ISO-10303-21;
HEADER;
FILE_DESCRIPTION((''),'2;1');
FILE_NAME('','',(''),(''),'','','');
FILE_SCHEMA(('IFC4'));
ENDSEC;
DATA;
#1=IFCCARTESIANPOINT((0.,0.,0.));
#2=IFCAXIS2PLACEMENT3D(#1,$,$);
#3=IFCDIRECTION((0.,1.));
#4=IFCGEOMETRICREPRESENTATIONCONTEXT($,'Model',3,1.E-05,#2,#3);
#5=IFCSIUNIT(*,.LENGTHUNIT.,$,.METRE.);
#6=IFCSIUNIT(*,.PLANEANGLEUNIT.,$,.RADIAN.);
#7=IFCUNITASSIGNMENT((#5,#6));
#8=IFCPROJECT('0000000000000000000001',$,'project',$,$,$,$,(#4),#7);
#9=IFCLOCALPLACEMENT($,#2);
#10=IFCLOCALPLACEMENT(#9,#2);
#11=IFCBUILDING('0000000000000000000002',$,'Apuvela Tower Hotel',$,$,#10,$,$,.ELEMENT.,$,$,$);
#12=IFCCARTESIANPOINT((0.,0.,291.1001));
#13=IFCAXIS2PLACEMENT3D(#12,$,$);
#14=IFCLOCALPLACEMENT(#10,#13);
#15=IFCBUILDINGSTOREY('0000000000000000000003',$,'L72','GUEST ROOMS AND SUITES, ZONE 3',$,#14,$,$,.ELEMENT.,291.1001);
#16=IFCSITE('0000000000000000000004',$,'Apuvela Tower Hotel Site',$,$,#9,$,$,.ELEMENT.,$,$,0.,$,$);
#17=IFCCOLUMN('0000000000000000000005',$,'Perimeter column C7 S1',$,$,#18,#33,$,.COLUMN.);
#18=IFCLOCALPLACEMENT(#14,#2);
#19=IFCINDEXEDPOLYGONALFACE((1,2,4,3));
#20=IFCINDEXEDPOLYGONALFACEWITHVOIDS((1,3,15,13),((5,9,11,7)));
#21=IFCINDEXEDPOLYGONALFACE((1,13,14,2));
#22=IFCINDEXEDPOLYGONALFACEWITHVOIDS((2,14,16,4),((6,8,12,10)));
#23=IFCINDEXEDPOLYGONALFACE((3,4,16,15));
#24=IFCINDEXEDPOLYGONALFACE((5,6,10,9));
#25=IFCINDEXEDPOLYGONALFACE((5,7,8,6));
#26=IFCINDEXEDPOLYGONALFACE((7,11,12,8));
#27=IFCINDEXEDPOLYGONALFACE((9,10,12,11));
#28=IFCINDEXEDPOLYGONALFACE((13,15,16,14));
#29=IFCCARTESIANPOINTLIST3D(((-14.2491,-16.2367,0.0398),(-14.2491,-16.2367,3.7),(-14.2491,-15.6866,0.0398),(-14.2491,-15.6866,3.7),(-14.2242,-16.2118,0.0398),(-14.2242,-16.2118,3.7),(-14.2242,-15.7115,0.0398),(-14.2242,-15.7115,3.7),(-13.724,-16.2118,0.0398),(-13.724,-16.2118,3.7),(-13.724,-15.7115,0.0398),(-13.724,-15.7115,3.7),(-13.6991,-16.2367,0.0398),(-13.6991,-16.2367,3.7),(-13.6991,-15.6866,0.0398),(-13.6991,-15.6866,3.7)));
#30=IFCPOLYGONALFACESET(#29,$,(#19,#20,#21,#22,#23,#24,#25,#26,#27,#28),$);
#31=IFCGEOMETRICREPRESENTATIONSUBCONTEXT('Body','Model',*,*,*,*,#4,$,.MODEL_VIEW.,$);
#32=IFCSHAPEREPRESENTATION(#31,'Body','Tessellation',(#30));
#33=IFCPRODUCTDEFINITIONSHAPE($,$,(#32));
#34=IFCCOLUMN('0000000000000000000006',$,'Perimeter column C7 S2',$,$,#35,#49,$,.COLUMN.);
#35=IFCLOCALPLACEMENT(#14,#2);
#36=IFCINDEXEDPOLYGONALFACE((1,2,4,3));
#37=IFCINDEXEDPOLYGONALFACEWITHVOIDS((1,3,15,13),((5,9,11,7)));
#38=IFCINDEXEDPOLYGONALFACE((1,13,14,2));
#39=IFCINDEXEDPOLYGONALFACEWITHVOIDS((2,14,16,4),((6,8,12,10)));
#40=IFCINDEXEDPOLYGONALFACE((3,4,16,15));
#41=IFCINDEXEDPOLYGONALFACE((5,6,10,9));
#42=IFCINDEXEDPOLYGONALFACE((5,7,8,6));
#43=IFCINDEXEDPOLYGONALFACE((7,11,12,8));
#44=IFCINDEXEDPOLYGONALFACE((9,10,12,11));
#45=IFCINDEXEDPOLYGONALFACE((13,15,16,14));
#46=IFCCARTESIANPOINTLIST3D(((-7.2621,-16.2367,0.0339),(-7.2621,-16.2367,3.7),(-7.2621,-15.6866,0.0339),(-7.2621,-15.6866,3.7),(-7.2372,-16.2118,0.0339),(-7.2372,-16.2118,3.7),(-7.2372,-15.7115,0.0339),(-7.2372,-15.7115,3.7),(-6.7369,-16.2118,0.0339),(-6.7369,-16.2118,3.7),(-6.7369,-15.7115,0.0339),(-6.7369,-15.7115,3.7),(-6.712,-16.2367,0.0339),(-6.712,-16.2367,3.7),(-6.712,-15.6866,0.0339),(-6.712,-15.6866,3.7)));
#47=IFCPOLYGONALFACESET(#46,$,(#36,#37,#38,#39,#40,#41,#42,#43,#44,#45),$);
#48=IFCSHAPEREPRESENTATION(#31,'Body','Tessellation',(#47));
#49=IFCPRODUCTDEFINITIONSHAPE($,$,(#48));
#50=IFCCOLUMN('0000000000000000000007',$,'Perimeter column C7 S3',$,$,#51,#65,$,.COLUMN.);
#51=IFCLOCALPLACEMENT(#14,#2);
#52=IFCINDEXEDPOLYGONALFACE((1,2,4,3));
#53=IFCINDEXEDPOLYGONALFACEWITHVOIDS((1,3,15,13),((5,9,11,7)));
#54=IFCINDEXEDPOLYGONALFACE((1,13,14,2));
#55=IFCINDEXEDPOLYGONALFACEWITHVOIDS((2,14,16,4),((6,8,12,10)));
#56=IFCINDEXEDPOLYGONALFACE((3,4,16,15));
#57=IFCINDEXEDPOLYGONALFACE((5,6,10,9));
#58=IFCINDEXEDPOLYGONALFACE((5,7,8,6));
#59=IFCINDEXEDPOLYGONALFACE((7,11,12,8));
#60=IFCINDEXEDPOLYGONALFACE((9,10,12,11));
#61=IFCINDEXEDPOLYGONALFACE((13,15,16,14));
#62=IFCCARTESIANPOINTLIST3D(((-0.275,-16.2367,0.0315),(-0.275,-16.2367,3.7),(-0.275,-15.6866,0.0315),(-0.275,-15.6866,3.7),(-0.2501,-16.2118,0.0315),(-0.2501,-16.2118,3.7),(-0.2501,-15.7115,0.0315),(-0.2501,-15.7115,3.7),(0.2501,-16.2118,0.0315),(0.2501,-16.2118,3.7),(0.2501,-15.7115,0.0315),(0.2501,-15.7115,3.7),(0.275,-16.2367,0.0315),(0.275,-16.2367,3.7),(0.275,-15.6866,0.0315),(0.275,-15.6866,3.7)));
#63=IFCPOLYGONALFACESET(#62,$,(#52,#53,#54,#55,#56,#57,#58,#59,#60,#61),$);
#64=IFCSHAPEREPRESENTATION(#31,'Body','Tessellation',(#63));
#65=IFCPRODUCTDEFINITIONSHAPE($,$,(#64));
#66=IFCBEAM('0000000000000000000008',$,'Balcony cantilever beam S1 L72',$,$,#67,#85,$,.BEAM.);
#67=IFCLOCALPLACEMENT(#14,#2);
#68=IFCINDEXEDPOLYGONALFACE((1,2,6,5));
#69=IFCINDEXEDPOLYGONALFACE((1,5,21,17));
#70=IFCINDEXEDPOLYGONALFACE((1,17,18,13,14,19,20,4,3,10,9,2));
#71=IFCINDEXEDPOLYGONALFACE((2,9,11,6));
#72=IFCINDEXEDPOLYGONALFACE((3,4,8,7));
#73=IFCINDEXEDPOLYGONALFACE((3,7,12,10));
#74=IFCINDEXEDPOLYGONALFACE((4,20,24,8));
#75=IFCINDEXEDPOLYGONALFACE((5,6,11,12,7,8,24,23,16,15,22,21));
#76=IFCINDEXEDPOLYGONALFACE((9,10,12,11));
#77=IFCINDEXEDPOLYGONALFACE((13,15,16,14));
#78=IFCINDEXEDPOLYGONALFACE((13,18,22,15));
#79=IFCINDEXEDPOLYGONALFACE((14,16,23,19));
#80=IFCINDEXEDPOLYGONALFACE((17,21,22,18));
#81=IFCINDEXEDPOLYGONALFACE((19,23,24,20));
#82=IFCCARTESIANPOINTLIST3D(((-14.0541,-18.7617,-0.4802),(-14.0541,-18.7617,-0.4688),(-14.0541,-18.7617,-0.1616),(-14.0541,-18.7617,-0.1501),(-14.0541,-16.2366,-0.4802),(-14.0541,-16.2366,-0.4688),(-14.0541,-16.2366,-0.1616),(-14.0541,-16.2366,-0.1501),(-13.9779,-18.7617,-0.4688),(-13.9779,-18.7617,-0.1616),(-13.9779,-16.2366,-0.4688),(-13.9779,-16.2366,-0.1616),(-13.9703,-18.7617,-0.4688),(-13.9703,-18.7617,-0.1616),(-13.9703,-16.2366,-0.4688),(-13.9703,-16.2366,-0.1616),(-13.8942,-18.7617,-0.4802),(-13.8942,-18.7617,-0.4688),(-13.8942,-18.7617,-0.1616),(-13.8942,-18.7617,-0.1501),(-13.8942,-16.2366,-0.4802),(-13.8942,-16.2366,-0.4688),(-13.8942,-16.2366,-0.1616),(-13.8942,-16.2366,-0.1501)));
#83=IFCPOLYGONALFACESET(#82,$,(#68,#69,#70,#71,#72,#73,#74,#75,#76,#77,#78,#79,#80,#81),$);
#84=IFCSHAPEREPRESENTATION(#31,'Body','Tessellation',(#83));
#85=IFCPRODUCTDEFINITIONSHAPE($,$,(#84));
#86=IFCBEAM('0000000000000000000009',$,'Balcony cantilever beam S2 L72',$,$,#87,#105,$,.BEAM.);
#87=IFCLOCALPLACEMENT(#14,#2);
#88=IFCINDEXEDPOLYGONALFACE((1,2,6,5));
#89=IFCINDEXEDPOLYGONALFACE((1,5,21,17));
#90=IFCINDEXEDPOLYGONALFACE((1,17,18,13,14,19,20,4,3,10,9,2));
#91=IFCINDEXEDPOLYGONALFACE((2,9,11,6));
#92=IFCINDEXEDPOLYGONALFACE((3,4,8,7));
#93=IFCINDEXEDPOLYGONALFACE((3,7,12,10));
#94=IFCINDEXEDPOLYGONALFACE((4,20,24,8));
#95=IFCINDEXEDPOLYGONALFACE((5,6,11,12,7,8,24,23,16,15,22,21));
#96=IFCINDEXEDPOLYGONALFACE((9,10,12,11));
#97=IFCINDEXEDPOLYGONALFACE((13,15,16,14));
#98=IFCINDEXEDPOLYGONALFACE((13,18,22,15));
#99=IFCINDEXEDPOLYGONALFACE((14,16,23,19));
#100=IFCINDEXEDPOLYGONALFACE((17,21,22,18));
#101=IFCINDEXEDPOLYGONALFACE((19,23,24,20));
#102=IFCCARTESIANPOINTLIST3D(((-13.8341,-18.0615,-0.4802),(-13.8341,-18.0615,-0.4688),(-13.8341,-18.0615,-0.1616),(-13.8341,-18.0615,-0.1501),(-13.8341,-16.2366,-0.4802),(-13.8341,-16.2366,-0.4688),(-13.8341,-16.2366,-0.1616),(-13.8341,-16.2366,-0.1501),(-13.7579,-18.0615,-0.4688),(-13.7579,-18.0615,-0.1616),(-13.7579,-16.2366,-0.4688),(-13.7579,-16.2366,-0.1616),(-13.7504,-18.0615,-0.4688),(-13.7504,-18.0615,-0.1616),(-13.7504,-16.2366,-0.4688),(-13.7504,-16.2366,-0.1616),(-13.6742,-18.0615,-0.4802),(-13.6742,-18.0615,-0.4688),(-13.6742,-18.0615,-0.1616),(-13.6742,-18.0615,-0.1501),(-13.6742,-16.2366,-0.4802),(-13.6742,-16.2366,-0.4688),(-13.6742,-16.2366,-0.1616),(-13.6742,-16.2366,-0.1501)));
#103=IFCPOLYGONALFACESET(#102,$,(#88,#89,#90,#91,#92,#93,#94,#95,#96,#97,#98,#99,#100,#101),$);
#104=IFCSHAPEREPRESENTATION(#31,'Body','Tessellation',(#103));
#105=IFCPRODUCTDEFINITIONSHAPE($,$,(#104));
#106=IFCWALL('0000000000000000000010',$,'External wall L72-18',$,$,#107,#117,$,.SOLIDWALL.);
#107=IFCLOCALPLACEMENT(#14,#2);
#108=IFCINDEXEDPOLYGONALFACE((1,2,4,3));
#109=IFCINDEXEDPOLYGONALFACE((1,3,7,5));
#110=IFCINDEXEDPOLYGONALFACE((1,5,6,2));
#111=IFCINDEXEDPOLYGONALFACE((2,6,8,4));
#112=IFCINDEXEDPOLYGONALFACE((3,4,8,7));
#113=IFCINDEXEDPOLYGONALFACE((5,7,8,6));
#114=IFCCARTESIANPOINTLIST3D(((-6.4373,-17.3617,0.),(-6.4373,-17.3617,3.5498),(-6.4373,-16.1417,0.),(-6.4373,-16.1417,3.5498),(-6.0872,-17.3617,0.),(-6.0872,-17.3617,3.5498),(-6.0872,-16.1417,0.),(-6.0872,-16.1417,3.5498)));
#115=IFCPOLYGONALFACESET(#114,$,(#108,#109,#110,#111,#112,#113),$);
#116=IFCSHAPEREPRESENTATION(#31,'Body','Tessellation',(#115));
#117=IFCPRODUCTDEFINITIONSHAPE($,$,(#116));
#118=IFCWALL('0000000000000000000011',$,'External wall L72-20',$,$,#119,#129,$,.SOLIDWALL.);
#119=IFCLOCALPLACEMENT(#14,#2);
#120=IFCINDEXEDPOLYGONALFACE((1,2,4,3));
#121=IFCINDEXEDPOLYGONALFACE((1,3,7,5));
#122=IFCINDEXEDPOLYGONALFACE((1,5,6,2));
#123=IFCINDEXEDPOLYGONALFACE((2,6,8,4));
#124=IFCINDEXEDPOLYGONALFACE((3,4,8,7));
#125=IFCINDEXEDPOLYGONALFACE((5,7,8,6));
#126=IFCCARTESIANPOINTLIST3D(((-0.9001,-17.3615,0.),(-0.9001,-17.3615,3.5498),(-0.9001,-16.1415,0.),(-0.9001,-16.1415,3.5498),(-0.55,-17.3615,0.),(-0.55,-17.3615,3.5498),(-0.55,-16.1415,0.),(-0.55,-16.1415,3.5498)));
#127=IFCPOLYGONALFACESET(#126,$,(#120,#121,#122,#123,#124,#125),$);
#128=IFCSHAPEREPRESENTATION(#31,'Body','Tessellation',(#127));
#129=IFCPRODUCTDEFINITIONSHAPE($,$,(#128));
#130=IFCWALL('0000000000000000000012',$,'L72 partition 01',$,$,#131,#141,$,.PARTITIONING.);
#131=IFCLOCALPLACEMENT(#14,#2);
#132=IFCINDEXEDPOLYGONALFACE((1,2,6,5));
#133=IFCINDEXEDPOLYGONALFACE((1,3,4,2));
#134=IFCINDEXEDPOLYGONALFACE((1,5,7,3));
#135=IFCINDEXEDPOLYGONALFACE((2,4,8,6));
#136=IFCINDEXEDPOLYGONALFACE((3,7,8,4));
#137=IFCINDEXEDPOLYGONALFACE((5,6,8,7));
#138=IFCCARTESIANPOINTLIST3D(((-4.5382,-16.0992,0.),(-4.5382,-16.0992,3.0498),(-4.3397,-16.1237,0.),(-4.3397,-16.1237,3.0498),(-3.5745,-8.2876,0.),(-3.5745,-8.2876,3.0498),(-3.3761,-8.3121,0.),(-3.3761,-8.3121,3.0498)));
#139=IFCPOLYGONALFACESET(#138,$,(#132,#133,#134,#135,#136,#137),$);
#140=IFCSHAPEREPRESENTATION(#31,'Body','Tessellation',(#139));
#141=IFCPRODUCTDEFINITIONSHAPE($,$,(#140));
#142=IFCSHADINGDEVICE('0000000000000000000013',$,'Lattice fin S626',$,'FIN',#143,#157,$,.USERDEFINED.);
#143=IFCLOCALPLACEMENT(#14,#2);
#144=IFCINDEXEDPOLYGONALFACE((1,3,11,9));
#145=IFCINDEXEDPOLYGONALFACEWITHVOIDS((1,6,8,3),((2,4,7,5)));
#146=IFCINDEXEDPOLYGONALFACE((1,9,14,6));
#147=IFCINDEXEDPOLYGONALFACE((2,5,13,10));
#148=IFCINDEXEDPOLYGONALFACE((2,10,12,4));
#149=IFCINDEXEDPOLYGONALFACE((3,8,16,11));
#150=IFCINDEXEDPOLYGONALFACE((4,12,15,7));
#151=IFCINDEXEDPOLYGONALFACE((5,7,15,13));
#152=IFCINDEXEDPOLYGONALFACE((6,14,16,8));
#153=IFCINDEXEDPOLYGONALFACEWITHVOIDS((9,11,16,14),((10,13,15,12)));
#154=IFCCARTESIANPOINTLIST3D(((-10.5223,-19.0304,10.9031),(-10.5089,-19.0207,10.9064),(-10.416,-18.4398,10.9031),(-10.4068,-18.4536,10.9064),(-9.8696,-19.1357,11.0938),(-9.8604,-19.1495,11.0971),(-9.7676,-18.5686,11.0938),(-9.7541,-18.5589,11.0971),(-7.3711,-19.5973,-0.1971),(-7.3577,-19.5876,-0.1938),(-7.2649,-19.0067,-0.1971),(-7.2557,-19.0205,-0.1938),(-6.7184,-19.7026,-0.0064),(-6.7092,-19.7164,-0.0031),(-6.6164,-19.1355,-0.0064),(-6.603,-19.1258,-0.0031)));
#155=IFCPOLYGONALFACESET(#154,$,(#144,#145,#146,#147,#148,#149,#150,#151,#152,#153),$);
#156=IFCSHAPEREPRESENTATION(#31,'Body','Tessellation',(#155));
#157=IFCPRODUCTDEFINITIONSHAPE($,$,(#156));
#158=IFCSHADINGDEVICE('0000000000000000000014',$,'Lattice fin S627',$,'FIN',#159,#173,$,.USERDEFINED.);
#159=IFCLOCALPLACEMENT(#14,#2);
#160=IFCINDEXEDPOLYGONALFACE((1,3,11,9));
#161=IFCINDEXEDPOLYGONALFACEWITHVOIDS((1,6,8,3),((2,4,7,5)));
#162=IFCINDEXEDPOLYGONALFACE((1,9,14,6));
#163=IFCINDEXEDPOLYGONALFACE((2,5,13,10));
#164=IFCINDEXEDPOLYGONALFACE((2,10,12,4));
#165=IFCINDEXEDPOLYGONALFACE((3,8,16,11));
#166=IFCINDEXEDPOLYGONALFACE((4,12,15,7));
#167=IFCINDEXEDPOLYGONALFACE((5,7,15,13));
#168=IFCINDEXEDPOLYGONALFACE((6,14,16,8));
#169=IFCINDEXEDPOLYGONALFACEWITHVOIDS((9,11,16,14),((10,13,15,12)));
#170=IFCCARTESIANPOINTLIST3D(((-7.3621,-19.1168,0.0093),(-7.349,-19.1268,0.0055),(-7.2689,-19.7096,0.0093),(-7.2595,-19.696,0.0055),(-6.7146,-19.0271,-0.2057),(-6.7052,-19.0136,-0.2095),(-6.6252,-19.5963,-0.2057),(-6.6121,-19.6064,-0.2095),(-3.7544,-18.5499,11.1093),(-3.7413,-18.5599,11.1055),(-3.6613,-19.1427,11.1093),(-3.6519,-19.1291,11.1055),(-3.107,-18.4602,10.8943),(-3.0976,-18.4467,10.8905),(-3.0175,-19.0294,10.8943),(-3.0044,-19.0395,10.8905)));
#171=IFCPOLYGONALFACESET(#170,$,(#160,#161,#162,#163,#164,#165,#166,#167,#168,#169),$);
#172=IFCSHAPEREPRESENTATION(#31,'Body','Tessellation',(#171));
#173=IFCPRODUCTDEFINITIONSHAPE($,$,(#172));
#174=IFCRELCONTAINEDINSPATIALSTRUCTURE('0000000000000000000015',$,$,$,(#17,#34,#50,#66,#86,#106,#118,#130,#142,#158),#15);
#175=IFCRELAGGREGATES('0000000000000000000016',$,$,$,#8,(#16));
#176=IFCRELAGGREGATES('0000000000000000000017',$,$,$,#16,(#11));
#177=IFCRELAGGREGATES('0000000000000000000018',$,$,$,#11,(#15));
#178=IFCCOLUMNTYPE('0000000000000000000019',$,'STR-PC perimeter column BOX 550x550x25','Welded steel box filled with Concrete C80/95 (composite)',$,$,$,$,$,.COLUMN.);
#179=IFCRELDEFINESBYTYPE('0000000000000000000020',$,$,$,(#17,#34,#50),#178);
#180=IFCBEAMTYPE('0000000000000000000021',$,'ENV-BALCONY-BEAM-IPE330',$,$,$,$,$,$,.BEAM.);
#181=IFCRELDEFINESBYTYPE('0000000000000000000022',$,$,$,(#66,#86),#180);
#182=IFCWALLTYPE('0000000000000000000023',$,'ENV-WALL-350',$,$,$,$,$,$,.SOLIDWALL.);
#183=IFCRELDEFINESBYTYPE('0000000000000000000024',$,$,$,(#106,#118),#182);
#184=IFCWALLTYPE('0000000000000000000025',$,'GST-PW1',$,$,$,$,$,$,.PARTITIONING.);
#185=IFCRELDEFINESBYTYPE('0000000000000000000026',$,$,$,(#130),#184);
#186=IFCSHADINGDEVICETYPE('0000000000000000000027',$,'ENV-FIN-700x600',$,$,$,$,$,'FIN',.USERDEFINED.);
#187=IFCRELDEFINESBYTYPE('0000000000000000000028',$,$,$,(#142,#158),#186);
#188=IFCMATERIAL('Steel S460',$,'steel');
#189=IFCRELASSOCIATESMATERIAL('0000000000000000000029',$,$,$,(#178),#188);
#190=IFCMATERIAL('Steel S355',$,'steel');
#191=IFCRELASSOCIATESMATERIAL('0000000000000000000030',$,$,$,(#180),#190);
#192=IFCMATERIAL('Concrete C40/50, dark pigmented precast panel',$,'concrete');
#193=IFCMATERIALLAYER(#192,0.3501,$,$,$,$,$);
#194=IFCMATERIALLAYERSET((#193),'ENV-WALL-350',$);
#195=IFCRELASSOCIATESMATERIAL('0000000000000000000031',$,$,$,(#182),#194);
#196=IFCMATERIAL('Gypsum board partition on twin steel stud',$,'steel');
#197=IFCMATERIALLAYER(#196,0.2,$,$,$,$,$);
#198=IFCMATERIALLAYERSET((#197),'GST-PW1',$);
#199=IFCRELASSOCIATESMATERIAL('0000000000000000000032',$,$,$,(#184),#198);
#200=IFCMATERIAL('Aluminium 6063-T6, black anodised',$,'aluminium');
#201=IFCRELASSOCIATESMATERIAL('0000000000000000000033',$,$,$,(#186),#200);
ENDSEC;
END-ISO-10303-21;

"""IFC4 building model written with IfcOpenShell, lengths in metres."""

from ifc_helpers import new_model, si_unit, direction, frame, frame_2d, origin, origin_2d, place, context, subcontext, project, spatial, rectangle, hollow_rectangle, i_section, extrude, boolean, halfspace, material, layer, layer_set, material_profile, profile_set, type_object, element, save


model = new_model("IFC4")

# Units and contexts
model_context = context("Model", 3, precision=1e-05, world=origin(), true_north=direction((0.0, 1.0)))
body_context = subcontext(model_context, "Body", "Model", "MODEL_VIEW")
ifc_project = project(units=[si_unit("LENGTHUNIT", "METRE"), si_unit("PLANEANGLEUNIT", "RADIAN")], contexts=[model_context])

# Site, building, storey
site_placement = place(None, origin())
site = spatial("IfcSite", under=ifc_project, at=site_placement, Name="Apuvela Tower Hotel Site", CompositionType="ELEMENT", RefElevation=0.0)
building_placement = place(site_placement, origin())
building = spatial("IfcBuilding", under=site, at=building_placement, Name="Apuvela Tower Hotel", CompositionType="ELEMENT")
storey_placement = place(building_placement, frame((0.0, 0.0, 291.1001)))
storey = spatial("IfcBuildingStorey", under=building, at=storey_placement, Name="L72", Description="GUEST ROOMS AND SUITES, ZONE 3", CompositionType="ELEMENT", Elevation=291.1001)

# Columns
ifc_material_1 = material(Name="Steel S460", Category="steel")
ifc_material_profile_1 = material_profile(ifc_material_1, hollow_rectangle(XDim=0.55, YDim=0.55, WallThickness=0.0249, at=origin_2d()), Name="BOX 550x550x25")
ifc_material_2 = material(Name="Concrete C80/95", Category="concrete")
ifc_material_profile_2 = material_profile(ifc_material_2, rectangle(XDim=0.5, YDim=0.5, at=origin_2d()), Name="Concrete C80/95 infill")
ifc_profile_set_1 = profile_set([ifc_material_profile_1, ifc_material_profile_2], Name="Steel S460")
column_type = type_object("IfcColumnType", Name="STR-PC perimeter column BOX 550x550x25", Description="Welded steel box filled with Concrete C80/95 (composite)", PredefinedType="COLUMN", material=ifc_profile_set_1)
column_1_placement = place(storey_placement, frame((-13.9741, -15.9617, 0.0), z_axis=(0.0, 0.0, 1.0), x_axis=(-1.0, 0.0, 0.0)))
element("IfcColumn", 1, at=column_1_placement, inside=storey, type_object=column_type, Name="Perimeter column C7 S1", PredefinedType="COLUMN", context=body_context, shape_type="SweptSolid", body=[
    boolean("DIFFERENCE", extrude(hollow_rectangle(XDim=0.55, YDim=0.55, WallThickness=0.0249, at=origin_2d()), origin(), (0.0, 0.0, 1.0), 3.7), halfspace(frame((0.0, 0.0, 0.0398), z_axis=(0.0, 0.0, 1.0), x_axis=(1.0, 0.0, 0.0)), True)),
])
column_2_placement = place(storey_placement, frame((-6.9871, -15.9617, 0.0), z_axis=(0.0, 0.0, 1.0), x_axis=(-1.0, 0.0, 0.0)))
element("IfcColumn", 2, at=column_2_placement, inside=storey, type_object=column_type, Name="Perimeter column C7 S2", PredefinedType="COLUMN", context=body_context, shape_type="SweptSolid", body=[
    boolean("DIFFERENCE", extrude(hollow_rectangle(XDim=0.55, YDim=0.55, WallThickness=0.0249, at=origin_2d()), origin(), (0.0, 0.0, 1.0), 3.7), halfspace(frame((0.0, 0.0, 0.0339), z_axis=(0.0, 0.0, 1.0), x_axis=(1.0, 0.0, 0.0)), True)),
])
column_3_placement = place(storey_placement, frame((0.0, -15.9617, 0.0), z_axis=(0.0, 0.0, 1.0), x_axis=(-1.0, 0.0, 0.0)))
element("IfcColumn", 3, at=column_3_placement, inside=storey, type_object=column_type, Name="Perimeter column C7 S3", PredefinedType="COLUMN", context=body_context, shape_type="SweptSolid", body=[
    boolean("DIFFERENCE", extrude(hollow_rectangle(XDim=0.55, YDim=0.55, WallThickness=0.0249, at=origin_2d()), origin(), (0.0, 0.0, 1.0), 3.7), halfspace(frame((0.0, 0.0, 0.0315), z_axis=(0.0, 0.0, 1.0), x_axis=(1.0, 0.0, 0.0)), True)),
])

# Beams
ifc_material_3 = material(Name="Steel S355", Category="steel")
ifc_material_profile_3 = material_profile(ifc_material_3, i_section(OverallWidth=0.1599, OverallDepth=0.3301, WebThickness=0.0076, FlangeThickness=0.0115, at=origin_2d()), Name="IPE 330")
ifc_profile_set_2 = profile_set([ifc_material_profile_3], Name="Steel S355")
beam_type = type_object("IfcBeamType", Name="ENV-BALCONY-BEAM-IPE330", PredefinedType="BEAM", material=ifc_profile_set_2)
beam_1_placement = place(storey_placement, frame((-13.9741, -16.2366, -0.3152), z_axis=(0.0, -1.0, 0.0), x_axis=(1.0, 0.0, 0.0)))
element("IfcBeam", 4, at=beam_1_placement, inside=storey, type_object=beam_type, Name="Balcony cantilever beam S1 L72", PredefinedType="BEAM", context=body_context, shape_type="SweptSolid", body=[
    extrude(i_section(OverallWidth=0.1599, OverallDepth=0.3301, WebThickness=0.0076, FlangeThickness=0.0115, at=origin_2d()), origin(), (0.0, 0.0, 1.0), 2.5251),
])
beam_2_placement = place(storey_placement, frame((-13.7542, -16.2366, -0.3152), z_axis=(0.0, -1.0, 0.0), x_axis=(1.0, 0.0, 0.0)))
element("IfcBeam", 5, at=beam_2_placement, inside=storey, type_object=beam_type, Name="Balcony cantilever beam S2 L72", PredefinedType="BEAM", context=body_context, shape_type="SweptSolid", body=[
    extrude(i_section(OverallWidth=0.1599, OverallDepth=0.3301, WebThickness=0.0076, FlangeThickness=0.0115, at=origin_2d()), origin(), (0.0, 0.0, 1.0), 1.825),
])

# Wall
ifc_material_4 = material(Name="Concrete C40/50, dark pigmented precast panel", Category="concrete")
ifc_layer_1 = layer(ifc_material_4, 0.3501)
ifc_layer_set_1 = layer_set([ifc_layer_1], Name="ENV-WALL-350")
wall_type_1 = type_object("IfcWallType", Name="ENV-WALL-350", PredefinedType="SOLIDWALL", material=ifc_layer_set_1)
wall_1_placement = place(storey_placement, frame((-6.2622, -17.3616, 0.0), z_axis=(0.0, 0.0, 1.0), x_axis=(0.0, 1.0, 0.0)))
element("IfcWall", 6, at=wall_1_placement, inside=storey, type_object=wall_type_1, Name="External wall L72-18", PredefinedType="SOLIDWALL", context=body_context, shape_type="SweptSolid", body=[
    extrude(rectangle(XDim=1.22, YDim=0.3501, at=frame_2d((0.6099, 0.0))), origin(), (0.0, 0.0, 1.0), 3.5498),
])

# Wall
wall_2_placement = place(storey_placement, frame((-0.7251, -16.1416, 0.0), z_axis=(0.0, 0.0, 1.0), x_axis=(0.0, -1.0, 0.0)))
element("IfcWall", 7, at=wall_2_placement, inside=storey, type_object=wall_type_1, Name="External wall L72-20", PredefinedType="SOLIDWALL", context=body_context, shape_type="SweptSolid", body=[
    extrude(rectangle(XDim=1.22, YDim=0.3501, at=frame_2d((0.6099, 0.0))), origin(), (0.0, 0.0, 1.0), 3.5498),
])

# Wall
ifc_material_5 = material(Name="Gypsum board partition on twin steel stud", Category="steel")
ifc_layer_2 = layer(ifc_material_5, 0.2)
ifc_layer_set_2 = layer_set([ifc_layer_2], Name="GST-PW1")
wall_type_2 = type_object("IfcWallType", Name="GST-PW1", PredefinedType="PARTITIONING", material=ifc_layer_set_2)
wall_3_placement = place(storey_placement, frame((-4.439, -16.1116, 0.0), z_axis=(0.0, 0.0, 1.0), x_axis=(0.122431, 0.992477, 0.0)))
element("IfcWall", 8, at=wall_3_placement, inside=storey, type_object=wall_type_2, Name="L72 partition 01", PredefinedType="PARTITIONING", context=body_context, shape_type="SweptSolid", body=[
    extrude(rectangle(XDim=7.8708, YDim=0.2, at=frame_2d((3.9355, 0.0))), origin(), (0.0, 0.0, 1.0), 3.0498),
])

# Shading devices
ifc_material_6 = material(Name="Aluminium 6063-T6, black anodised", Category="aluminium")
ifc_material_profile_4 = material_profile(ifc_material_6, hollow_rectangle(XDim=0.6001, YDim=0.7, WallThickness=0.012, at=origin_2d()), Name="AL BOX 700x600x12")
ifc_profile_set_3 = profile_set([ifc_material_profile_4], Name="Aluminium 6063-T6, black anodised")
shading_device_type = type_object("IfcShadingDeviceType", Name="ENV-FIN-700x600", ElementType="FIN", PredefinedType="USERDEFINED", material=ifc_profile_set_3)
shading_device_1_placement = place(storey_placement, frame((-6.9871, -19.3616, -0.1001), z_axis=(-0.272763, 0.049071, 0.960829), x_axis=(-0.17706, -0.9842, 0.0)))
element("IfcShadingDevice", 9, at=shading_device_1_placement, inside=storey, type_object=shading_device_type, Name="Lattice fin S626", ObjectType="FIN", PredefinedType="USERDEFINED", context=body_context, shape_type="SweptSolid", body=[
    extrude(hollow_rectangle(XDim=0.6001, YDim=0.7, WallThickness=0.012, at=origin_2d()), origin(), (0.0, 0.0, 1.0), 11.5527),
])
shading_device_2_placement = place(storey_placement, frame((-6.9871, -19.3616, -0.1001), z_axis=(0.308733, 0.048513, 0.949911), x_axis=(-0.155231, 0.987878, 0.0)))
element("IfcShadingDevice", 10, at=shading_device_2_placement, inside=storey, type_object=shading_device_type, Name="Lattice fin S627", ObjectType="FIN", PredefinedType="USERDEFINED", context=body_context, shape_type="SweptSolid", body=[
    extrude(hollow_rectangle(XDim=0.6001, YDim=0.7, WallThickness=0.012, at=origin_2d()), origin(), (0.0, 0.0, 1.0), 11.6853),
])

save(model, "model.ifc")
